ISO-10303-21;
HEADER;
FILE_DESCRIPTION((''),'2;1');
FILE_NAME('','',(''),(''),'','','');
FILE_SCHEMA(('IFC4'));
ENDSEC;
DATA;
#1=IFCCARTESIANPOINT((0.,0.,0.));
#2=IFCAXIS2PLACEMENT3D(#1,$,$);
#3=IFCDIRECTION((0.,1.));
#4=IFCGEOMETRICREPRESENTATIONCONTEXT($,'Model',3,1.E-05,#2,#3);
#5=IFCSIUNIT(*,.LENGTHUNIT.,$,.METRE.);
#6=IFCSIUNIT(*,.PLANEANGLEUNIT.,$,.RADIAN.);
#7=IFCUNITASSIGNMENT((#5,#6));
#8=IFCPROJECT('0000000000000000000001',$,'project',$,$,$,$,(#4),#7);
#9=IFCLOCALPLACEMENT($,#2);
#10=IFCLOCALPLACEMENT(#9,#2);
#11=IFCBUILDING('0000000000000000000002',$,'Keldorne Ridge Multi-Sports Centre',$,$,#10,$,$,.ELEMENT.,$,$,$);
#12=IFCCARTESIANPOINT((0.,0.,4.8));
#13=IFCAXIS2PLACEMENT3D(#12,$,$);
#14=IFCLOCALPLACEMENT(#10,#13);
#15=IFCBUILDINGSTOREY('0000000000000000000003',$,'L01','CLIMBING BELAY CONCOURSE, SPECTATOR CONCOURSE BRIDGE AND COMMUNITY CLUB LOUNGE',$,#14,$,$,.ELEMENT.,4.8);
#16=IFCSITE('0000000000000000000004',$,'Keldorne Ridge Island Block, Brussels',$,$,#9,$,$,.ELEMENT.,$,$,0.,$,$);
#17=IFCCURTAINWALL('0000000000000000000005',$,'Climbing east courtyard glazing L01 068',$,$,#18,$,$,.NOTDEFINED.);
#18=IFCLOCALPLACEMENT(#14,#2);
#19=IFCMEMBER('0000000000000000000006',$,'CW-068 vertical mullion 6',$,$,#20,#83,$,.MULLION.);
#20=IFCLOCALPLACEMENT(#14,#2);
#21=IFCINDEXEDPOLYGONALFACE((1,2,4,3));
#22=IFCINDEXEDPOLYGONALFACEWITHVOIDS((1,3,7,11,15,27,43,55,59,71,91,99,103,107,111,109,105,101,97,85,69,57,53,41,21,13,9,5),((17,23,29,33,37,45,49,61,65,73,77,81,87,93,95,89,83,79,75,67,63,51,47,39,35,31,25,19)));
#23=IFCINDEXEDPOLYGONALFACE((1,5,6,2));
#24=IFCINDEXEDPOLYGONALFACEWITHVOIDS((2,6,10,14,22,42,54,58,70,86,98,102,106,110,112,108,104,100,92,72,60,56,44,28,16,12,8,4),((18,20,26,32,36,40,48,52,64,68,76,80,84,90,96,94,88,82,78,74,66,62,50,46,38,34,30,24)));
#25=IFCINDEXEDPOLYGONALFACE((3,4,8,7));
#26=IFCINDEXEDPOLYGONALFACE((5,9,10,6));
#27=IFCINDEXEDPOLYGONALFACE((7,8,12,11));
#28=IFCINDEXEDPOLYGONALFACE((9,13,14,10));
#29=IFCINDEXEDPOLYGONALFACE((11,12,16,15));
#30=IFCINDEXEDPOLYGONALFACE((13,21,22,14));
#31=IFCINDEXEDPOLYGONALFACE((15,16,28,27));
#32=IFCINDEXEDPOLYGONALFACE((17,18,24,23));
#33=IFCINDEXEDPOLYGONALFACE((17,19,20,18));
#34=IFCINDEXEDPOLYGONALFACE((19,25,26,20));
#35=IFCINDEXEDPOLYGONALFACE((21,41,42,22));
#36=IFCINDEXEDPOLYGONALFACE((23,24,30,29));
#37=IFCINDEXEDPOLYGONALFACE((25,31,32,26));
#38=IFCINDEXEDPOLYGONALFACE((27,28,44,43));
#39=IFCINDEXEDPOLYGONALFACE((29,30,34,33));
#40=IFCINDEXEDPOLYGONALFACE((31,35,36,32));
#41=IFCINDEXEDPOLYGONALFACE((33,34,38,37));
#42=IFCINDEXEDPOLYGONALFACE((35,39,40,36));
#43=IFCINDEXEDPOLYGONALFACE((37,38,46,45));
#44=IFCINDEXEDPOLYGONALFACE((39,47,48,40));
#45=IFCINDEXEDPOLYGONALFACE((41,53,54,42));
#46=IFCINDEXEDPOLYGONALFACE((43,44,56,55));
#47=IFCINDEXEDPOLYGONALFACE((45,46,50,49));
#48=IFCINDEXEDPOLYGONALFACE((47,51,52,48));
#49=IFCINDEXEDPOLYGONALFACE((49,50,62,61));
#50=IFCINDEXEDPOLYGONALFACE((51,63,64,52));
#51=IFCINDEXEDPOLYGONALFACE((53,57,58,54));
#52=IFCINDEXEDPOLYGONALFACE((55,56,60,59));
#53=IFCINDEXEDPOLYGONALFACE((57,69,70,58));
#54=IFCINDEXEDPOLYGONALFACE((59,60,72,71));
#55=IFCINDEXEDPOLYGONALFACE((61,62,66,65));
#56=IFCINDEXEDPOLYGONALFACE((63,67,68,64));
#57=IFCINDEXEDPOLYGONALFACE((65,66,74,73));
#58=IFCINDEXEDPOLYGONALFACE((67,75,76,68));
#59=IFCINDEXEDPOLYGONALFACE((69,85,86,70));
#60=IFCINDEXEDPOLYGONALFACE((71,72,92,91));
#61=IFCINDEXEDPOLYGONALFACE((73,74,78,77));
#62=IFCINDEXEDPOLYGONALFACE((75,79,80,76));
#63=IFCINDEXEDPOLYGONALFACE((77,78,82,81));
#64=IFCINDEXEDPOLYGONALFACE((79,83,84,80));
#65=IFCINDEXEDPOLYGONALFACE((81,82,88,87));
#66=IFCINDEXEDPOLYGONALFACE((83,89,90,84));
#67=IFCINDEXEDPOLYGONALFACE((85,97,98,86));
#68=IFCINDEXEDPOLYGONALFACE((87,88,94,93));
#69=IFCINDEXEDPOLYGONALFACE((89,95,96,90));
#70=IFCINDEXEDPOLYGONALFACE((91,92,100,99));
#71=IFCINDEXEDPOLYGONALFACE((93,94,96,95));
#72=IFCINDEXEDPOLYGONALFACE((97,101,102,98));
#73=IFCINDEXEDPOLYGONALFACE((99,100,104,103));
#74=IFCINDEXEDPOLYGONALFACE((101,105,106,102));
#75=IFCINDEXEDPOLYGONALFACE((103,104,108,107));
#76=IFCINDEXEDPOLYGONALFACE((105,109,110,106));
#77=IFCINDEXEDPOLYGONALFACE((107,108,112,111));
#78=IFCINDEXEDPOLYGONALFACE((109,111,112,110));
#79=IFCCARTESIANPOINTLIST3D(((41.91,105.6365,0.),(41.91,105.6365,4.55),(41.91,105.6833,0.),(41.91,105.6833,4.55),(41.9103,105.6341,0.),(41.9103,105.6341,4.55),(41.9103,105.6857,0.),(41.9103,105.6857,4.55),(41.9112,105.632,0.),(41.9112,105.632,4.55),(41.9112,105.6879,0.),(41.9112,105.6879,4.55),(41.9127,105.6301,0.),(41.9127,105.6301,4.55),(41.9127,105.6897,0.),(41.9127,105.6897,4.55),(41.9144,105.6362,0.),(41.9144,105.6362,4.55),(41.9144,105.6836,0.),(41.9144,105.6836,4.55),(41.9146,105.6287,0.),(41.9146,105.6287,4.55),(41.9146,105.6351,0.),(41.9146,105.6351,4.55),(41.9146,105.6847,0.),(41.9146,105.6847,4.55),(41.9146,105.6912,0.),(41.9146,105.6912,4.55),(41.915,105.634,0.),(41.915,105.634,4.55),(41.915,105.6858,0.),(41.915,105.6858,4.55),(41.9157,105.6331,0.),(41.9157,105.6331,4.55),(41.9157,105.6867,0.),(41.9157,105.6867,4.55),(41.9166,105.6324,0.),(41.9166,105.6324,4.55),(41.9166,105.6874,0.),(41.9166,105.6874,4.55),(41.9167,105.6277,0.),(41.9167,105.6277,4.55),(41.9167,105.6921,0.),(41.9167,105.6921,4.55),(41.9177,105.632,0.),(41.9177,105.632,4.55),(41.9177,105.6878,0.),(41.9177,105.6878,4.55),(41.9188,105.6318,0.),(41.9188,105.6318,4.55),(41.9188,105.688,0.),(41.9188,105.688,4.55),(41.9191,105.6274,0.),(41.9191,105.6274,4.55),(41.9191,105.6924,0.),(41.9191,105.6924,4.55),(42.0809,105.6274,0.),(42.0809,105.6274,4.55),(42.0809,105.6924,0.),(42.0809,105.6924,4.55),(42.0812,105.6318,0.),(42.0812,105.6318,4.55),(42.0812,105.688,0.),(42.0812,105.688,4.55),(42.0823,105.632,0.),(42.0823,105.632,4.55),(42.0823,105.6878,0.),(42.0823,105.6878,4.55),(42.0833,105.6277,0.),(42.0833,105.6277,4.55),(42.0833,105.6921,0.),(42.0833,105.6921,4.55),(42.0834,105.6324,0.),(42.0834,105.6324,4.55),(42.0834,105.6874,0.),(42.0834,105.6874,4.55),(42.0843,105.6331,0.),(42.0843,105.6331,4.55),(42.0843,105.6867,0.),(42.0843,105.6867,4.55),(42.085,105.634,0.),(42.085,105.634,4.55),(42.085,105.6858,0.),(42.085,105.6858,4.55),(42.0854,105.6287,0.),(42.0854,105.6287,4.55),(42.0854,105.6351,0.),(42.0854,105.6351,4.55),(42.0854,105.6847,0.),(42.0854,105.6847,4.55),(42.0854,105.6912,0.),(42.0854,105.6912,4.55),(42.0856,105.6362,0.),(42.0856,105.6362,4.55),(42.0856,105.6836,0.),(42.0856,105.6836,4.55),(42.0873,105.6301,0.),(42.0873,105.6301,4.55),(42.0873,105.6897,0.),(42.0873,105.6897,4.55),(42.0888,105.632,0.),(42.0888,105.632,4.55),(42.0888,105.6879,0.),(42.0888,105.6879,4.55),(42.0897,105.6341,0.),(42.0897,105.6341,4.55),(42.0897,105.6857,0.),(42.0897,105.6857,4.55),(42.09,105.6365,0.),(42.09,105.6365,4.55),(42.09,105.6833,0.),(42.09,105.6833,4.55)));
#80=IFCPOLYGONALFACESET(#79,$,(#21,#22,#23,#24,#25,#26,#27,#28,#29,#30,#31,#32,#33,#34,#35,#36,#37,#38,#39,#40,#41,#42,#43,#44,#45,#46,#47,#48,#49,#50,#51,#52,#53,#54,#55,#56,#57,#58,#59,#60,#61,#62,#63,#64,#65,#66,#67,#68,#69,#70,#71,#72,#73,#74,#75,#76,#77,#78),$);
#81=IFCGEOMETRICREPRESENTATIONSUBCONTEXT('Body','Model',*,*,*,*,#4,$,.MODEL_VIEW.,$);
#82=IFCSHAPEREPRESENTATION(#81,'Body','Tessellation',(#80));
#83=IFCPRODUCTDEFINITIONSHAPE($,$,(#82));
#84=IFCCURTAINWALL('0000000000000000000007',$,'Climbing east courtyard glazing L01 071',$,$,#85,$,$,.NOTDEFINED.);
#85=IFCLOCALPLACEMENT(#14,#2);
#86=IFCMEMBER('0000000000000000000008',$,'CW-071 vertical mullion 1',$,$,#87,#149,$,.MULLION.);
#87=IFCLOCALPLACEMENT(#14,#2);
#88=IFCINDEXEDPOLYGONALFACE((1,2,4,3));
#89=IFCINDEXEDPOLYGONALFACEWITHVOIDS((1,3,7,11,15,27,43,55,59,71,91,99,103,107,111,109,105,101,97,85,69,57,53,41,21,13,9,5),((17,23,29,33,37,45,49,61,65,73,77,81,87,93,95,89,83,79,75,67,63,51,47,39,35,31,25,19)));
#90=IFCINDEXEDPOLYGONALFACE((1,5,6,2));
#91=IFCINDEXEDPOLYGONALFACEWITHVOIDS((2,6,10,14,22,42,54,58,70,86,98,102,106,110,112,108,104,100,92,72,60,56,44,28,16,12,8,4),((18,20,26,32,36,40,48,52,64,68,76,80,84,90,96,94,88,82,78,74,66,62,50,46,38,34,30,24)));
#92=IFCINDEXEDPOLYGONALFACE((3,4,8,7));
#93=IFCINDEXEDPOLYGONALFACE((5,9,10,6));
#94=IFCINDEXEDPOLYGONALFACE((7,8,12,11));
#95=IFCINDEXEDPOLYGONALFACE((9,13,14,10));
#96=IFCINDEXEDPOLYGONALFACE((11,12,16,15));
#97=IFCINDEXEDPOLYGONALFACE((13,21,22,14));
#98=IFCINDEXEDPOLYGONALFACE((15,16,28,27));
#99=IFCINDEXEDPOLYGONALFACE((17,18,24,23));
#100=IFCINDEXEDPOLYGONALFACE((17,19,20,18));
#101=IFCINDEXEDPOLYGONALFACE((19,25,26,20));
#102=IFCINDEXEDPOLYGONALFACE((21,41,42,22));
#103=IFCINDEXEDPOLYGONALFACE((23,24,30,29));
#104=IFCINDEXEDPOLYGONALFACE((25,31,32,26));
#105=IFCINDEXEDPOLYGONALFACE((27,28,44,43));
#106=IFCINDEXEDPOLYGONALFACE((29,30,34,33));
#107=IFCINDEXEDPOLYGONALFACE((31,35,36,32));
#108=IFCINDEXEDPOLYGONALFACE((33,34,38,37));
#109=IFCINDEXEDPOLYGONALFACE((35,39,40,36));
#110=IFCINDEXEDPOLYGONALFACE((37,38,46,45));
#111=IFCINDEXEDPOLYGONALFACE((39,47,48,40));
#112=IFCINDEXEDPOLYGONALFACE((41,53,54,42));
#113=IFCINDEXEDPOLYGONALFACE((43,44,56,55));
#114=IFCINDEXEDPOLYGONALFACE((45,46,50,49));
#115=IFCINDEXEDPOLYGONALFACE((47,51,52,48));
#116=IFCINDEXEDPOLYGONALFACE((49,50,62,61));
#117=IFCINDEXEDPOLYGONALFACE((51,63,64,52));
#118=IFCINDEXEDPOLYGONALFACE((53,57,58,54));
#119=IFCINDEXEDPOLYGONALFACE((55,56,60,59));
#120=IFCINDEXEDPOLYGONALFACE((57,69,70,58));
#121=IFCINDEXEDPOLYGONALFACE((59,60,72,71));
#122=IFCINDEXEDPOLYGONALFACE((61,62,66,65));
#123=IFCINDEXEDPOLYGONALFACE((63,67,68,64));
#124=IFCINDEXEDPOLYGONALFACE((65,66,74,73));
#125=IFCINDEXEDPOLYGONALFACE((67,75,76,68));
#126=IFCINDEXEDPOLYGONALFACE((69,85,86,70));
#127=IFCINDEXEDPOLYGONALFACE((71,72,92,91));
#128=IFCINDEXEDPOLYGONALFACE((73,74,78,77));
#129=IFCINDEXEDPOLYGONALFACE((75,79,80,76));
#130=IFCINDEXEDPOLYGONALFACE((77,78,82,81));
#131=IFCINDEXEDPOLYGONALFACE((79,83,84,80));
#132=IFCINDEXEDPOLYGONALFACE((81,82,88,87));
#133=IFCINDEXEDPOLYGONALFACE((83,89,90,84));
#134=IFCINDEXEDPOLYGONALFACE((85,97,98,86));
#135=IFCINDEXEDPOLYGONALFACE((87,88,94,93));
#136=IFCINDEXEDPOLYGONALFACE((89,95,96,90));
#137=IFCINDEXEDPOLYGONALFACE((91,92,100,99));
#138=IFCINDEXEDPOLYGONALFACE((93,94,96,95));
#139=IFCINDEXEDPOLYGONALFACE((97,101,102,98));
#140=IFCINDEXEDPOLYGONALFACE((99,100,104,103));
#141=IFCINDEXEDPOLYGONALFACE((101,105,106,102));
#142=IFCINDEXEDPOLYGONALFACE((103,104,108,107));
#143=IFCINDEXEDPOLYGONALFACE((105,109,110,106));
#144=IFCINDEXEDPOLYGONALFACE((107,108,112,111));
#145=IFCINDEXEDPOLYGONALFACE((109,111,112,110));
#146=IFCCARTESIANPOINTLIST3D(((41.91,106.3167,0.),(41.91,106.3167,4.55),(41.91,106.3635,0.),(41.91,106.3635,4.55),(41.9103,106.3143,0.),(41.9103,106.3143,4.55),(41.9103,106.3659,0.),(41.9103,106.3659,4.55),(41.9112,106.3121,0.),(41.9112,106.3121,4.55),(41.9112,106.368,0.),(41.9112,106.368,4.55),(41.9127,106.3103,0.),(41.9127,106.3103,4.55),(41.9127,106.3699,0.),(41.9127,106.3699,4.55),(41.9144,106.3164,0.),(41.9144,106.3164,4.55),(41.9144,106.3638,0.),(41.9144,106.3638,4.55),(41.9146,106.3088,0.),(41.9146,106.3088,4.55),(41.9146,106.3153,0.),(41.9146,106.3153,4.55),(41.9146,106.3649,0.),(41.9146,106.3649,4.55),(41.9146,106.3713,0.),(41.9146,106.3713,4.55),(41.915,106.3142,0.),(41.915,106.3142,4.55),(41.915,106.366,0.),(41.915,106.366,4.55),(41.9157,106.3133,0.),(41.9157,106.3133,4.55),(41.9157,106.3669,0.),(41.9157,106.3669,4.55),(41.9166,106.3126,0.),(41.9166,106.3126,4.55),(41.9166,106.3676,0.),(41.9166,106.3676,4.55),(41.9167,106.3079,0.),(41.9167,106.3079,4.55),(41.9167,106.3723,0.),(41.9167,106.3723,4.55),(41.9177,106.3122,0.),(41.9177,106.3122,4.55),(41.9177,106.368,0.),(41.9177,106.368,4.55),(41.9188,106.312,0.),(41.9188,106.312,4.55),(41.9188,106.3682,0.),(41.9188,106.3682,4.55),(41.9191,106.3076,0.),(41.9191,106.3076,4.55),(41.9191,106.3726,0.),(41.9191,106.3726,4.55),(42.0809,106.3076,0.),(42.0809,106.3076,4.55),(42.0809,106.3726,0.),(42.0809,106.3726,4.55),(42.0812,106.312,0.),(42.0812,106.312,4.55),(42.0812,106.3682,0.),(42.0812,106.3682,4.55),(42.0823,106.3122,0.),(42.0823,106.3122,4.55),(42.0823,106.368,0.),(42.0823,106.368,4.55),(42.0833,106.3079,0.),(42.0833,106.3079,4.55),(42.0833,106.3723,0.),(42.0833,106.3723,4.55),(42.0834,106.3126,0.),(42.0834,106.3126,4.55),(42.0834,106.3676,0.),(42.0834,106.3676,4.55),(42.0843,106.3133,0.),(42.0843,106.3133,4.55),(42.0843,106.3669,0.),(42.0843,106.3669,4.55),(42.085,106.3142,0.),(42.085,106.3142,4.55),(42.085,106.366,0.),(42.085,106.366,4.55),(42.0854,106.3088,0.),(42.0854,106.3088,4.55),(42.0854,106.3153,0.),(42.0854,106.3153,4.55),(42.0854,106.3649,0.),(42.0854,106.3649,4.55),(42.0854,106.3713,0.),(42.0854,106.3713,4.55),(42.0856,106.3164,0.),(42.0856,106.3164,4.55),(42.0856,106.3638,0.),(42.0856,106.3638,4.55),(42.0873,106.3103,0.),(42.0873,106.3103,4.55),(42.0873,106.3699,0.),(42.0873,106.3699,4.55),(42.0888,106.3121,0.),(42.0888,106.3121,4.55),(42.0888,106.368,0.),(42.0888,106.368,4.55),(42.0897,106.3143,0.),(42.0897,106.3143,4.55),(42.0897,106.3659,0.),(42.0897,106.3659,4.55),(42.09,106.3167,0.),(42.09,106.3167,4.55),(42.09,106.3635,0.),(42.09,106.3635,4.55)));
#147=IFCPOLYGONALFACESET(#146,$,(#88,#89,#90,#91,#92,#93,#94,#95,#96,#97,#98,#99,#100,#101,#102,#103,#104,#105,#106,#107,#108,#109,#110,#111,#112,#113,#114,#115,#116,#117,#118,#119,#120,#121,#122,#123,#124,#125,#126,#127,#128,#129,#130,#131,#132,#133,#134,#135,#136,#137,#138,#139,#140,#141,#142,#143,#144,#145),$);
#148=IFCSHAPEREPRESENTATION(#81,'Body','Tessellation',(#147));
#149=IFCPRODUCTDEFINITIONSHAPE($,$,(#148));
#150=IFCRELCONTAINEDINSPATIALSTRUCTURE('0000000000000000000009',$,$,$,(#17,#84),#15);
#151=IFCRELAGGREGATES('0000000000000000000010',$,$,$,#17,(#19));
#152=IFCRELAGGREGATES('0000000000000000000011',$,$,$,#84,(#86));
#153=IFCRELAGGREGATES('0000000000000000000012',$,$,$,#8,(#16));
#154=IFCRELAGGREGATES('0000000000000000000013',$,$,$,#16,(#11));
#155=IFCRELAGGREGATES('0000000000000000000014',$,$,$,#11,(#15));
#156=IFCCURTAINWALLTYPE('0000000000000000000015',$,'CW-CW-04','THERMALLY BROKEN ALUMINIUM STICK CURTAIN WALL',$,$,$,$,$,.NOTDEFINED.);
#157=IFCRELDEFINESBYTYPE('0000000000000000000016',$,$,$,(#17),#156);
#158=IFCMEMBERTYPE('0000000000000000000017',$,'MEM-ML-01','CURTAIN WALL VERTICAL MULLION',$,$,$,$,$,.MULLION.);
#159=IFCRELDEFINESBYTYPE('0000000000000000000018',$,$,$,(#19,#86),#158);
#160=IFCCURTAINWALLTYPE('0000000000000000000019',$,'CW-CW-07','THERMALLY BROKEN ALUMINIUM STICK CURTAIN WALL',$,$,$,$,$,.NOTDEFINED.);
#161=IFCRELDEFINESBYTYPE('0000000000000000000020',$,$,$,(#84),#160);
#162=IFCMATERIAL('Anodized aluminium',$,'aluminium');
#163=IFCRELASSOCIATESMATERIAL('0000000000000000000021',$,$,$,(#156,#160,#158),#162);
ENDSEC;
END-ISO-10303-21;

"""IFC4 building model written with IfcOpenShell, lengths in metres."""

from ifc_helpers import new_model, si_unit, direction, frame, origin, origin_2d, place, context, subcontext, project, spatial, hollow_rectangle, extrude, material, material_profile, profile_set, type_object, element, aggregate, save


model = new_model("IFC4")

# Units and contexts
model_context = context("Model", 3, precision=1e-05, world=origin(), true_north=direction((0.0, 1.0)))
body_context = subcontext(model_context, "Body", "Model", "MODEL_VIEW")
ifc_project = project(units=[si_unit("LENGTHUNIT", "METRE"), si_unit("PLANEANGLEUNIT", "RADIAN")], contexts=[model_context])

# Site, building, storey
site_placement = place(None, origin())
site = spatial("IfcSite", under=ifc_project, at=site_placement, Name="Keldorne Ridge Island Block, Brussels", CompositionType="ELEMENT", RefElevation=0.0)
building_placement = place(site_placement, origin())
building = spatial("IfcBuilding", under=site, at=building_placement, Name="Keldorne Ridge Multi-Sports Centre", CompositionType="ELEMENT")
storey_placement = place(building_placement, frame((0.0, 0.0, 4.8)))
storey = spatial("IfcBuildingStorey", under=building, at=storey_placement, Name="L01", Description="CLIMBING BELAY CONCOURSE, SPECTATOR CONCOURSE BRIDGE AND COMMUNITY CLUB LOUNGE", CompositionType="ELEMENT", Elevation=4.8)

# Curtain walls, members
ifc_material_1 = material(Name="Anodized aluminium", Category="aluminium")
curtain_wall_type_1 = type_object("IfcCurtainWallType", Name="CW-CW-04", Description="THERMALLY BROKEN ALUMINIUM STICK CURTAIN WALL", PredefinedType="NOTDEFINED", material=ifc_material_1)
curtain_wall_1_placement = place(storey_placement, origin())
curtain_wall_1 = element("IfcCurtainWall", 1, at=curtain_wall_1_placement, inside=storey, type_object=curtain_wall_type_1, Name="Climbing east courtyard glazing L01 068", PredefinedType="NOTDEFINED")
ifc_material_profile_1 = material_profile(ifc_material_1, hollow_rectangle(XDim=0.0649, YDim=0.1799, WallThickness=0.0044, InnerFilletRadius=0.0044, OuterFilletRadius=0.009, at=origin_2d()), Name="ALU MULLION 180x65x4.5")
ifc_profile_set_1 = profile_set([ifc_material_profile_1], Name="Anodized aluminium")
member_type_1 = type_object("IfcMemberType", Name="MEM-ML-01", Description="CURTAIN WALL VERTICAL MULLION", PredefinedType="MULLION", material=ifc_profile_set_1)
member_1_placement = place(storey_placement, frame((42.0, 105.6599, 0.0), z_axis=(0.0, 0.0, 1.0), x_axis=(0.0, 1.0, 0.0)))
member_1 = element("IfcMember", 2, at=member_1_placement, type_object=member_type_1, Name="CW-068 vertical mullion 6", PredefinedType="MULLION", context=body_context, shape_type="SweptSolid", body=[
    extrude(hollow_rectangle(XDim=0.0649, YDim=0.1799, WallThickness=0.0044, InnerFilletRadius=0.0044, OuterFilletRadius=0.009, at=origin_2d()), origin(), (0.0, 0.0, 1.0), 4.55),
])
curtain_wall_type_2 = type_object("IfcCurtainWallType", Name="CW-CW-07", Description="THERMALLY BROKEN ALUMINIUM STICK CURTAIN WALL", PredefinedType="NOTDEFINED", material=ifc_material_1)
curtain_wall_2_placement = place(storey_placement, origin())
curtain_wall_2 = element("IfcCurtainWall", 3, at=curtain_wall_2_placement, inside=storey, type_object=curtain_wall_type_2, Name="Climbing east courtyard glazing L01 071", PredefinedType="NOTDEFINED")
member_2_placement = place(storey_placement, frame((42.0, 106.3401, 0.0), z_axis=(0.0, 0.0, 1.0), x_axis=(0.0, 1.0, 0.0)))
member_2 = element("IfcMember", 4, at=member_2_placement, type_object=member_type_1, Name="CW-071 vertical mullion 1", PredefinedType="MULLION", context=body_context, shape_type="SweptSolid", body=[
    extrude(hollow_rectangle(XDim=0.0649, YDim=0.1799, WallThickness=0.0044, InnerFilletRadius=0.0044, OuterFilletRadius=0.009, at=origin_2d()), origin(), (0.0, 0.0, 1.0), 4.55),
])

aggregate(curtain_wall_1, [member_1])
aggregate(curtain_wall_2, [member_2])

save(model, "model.ifc")
